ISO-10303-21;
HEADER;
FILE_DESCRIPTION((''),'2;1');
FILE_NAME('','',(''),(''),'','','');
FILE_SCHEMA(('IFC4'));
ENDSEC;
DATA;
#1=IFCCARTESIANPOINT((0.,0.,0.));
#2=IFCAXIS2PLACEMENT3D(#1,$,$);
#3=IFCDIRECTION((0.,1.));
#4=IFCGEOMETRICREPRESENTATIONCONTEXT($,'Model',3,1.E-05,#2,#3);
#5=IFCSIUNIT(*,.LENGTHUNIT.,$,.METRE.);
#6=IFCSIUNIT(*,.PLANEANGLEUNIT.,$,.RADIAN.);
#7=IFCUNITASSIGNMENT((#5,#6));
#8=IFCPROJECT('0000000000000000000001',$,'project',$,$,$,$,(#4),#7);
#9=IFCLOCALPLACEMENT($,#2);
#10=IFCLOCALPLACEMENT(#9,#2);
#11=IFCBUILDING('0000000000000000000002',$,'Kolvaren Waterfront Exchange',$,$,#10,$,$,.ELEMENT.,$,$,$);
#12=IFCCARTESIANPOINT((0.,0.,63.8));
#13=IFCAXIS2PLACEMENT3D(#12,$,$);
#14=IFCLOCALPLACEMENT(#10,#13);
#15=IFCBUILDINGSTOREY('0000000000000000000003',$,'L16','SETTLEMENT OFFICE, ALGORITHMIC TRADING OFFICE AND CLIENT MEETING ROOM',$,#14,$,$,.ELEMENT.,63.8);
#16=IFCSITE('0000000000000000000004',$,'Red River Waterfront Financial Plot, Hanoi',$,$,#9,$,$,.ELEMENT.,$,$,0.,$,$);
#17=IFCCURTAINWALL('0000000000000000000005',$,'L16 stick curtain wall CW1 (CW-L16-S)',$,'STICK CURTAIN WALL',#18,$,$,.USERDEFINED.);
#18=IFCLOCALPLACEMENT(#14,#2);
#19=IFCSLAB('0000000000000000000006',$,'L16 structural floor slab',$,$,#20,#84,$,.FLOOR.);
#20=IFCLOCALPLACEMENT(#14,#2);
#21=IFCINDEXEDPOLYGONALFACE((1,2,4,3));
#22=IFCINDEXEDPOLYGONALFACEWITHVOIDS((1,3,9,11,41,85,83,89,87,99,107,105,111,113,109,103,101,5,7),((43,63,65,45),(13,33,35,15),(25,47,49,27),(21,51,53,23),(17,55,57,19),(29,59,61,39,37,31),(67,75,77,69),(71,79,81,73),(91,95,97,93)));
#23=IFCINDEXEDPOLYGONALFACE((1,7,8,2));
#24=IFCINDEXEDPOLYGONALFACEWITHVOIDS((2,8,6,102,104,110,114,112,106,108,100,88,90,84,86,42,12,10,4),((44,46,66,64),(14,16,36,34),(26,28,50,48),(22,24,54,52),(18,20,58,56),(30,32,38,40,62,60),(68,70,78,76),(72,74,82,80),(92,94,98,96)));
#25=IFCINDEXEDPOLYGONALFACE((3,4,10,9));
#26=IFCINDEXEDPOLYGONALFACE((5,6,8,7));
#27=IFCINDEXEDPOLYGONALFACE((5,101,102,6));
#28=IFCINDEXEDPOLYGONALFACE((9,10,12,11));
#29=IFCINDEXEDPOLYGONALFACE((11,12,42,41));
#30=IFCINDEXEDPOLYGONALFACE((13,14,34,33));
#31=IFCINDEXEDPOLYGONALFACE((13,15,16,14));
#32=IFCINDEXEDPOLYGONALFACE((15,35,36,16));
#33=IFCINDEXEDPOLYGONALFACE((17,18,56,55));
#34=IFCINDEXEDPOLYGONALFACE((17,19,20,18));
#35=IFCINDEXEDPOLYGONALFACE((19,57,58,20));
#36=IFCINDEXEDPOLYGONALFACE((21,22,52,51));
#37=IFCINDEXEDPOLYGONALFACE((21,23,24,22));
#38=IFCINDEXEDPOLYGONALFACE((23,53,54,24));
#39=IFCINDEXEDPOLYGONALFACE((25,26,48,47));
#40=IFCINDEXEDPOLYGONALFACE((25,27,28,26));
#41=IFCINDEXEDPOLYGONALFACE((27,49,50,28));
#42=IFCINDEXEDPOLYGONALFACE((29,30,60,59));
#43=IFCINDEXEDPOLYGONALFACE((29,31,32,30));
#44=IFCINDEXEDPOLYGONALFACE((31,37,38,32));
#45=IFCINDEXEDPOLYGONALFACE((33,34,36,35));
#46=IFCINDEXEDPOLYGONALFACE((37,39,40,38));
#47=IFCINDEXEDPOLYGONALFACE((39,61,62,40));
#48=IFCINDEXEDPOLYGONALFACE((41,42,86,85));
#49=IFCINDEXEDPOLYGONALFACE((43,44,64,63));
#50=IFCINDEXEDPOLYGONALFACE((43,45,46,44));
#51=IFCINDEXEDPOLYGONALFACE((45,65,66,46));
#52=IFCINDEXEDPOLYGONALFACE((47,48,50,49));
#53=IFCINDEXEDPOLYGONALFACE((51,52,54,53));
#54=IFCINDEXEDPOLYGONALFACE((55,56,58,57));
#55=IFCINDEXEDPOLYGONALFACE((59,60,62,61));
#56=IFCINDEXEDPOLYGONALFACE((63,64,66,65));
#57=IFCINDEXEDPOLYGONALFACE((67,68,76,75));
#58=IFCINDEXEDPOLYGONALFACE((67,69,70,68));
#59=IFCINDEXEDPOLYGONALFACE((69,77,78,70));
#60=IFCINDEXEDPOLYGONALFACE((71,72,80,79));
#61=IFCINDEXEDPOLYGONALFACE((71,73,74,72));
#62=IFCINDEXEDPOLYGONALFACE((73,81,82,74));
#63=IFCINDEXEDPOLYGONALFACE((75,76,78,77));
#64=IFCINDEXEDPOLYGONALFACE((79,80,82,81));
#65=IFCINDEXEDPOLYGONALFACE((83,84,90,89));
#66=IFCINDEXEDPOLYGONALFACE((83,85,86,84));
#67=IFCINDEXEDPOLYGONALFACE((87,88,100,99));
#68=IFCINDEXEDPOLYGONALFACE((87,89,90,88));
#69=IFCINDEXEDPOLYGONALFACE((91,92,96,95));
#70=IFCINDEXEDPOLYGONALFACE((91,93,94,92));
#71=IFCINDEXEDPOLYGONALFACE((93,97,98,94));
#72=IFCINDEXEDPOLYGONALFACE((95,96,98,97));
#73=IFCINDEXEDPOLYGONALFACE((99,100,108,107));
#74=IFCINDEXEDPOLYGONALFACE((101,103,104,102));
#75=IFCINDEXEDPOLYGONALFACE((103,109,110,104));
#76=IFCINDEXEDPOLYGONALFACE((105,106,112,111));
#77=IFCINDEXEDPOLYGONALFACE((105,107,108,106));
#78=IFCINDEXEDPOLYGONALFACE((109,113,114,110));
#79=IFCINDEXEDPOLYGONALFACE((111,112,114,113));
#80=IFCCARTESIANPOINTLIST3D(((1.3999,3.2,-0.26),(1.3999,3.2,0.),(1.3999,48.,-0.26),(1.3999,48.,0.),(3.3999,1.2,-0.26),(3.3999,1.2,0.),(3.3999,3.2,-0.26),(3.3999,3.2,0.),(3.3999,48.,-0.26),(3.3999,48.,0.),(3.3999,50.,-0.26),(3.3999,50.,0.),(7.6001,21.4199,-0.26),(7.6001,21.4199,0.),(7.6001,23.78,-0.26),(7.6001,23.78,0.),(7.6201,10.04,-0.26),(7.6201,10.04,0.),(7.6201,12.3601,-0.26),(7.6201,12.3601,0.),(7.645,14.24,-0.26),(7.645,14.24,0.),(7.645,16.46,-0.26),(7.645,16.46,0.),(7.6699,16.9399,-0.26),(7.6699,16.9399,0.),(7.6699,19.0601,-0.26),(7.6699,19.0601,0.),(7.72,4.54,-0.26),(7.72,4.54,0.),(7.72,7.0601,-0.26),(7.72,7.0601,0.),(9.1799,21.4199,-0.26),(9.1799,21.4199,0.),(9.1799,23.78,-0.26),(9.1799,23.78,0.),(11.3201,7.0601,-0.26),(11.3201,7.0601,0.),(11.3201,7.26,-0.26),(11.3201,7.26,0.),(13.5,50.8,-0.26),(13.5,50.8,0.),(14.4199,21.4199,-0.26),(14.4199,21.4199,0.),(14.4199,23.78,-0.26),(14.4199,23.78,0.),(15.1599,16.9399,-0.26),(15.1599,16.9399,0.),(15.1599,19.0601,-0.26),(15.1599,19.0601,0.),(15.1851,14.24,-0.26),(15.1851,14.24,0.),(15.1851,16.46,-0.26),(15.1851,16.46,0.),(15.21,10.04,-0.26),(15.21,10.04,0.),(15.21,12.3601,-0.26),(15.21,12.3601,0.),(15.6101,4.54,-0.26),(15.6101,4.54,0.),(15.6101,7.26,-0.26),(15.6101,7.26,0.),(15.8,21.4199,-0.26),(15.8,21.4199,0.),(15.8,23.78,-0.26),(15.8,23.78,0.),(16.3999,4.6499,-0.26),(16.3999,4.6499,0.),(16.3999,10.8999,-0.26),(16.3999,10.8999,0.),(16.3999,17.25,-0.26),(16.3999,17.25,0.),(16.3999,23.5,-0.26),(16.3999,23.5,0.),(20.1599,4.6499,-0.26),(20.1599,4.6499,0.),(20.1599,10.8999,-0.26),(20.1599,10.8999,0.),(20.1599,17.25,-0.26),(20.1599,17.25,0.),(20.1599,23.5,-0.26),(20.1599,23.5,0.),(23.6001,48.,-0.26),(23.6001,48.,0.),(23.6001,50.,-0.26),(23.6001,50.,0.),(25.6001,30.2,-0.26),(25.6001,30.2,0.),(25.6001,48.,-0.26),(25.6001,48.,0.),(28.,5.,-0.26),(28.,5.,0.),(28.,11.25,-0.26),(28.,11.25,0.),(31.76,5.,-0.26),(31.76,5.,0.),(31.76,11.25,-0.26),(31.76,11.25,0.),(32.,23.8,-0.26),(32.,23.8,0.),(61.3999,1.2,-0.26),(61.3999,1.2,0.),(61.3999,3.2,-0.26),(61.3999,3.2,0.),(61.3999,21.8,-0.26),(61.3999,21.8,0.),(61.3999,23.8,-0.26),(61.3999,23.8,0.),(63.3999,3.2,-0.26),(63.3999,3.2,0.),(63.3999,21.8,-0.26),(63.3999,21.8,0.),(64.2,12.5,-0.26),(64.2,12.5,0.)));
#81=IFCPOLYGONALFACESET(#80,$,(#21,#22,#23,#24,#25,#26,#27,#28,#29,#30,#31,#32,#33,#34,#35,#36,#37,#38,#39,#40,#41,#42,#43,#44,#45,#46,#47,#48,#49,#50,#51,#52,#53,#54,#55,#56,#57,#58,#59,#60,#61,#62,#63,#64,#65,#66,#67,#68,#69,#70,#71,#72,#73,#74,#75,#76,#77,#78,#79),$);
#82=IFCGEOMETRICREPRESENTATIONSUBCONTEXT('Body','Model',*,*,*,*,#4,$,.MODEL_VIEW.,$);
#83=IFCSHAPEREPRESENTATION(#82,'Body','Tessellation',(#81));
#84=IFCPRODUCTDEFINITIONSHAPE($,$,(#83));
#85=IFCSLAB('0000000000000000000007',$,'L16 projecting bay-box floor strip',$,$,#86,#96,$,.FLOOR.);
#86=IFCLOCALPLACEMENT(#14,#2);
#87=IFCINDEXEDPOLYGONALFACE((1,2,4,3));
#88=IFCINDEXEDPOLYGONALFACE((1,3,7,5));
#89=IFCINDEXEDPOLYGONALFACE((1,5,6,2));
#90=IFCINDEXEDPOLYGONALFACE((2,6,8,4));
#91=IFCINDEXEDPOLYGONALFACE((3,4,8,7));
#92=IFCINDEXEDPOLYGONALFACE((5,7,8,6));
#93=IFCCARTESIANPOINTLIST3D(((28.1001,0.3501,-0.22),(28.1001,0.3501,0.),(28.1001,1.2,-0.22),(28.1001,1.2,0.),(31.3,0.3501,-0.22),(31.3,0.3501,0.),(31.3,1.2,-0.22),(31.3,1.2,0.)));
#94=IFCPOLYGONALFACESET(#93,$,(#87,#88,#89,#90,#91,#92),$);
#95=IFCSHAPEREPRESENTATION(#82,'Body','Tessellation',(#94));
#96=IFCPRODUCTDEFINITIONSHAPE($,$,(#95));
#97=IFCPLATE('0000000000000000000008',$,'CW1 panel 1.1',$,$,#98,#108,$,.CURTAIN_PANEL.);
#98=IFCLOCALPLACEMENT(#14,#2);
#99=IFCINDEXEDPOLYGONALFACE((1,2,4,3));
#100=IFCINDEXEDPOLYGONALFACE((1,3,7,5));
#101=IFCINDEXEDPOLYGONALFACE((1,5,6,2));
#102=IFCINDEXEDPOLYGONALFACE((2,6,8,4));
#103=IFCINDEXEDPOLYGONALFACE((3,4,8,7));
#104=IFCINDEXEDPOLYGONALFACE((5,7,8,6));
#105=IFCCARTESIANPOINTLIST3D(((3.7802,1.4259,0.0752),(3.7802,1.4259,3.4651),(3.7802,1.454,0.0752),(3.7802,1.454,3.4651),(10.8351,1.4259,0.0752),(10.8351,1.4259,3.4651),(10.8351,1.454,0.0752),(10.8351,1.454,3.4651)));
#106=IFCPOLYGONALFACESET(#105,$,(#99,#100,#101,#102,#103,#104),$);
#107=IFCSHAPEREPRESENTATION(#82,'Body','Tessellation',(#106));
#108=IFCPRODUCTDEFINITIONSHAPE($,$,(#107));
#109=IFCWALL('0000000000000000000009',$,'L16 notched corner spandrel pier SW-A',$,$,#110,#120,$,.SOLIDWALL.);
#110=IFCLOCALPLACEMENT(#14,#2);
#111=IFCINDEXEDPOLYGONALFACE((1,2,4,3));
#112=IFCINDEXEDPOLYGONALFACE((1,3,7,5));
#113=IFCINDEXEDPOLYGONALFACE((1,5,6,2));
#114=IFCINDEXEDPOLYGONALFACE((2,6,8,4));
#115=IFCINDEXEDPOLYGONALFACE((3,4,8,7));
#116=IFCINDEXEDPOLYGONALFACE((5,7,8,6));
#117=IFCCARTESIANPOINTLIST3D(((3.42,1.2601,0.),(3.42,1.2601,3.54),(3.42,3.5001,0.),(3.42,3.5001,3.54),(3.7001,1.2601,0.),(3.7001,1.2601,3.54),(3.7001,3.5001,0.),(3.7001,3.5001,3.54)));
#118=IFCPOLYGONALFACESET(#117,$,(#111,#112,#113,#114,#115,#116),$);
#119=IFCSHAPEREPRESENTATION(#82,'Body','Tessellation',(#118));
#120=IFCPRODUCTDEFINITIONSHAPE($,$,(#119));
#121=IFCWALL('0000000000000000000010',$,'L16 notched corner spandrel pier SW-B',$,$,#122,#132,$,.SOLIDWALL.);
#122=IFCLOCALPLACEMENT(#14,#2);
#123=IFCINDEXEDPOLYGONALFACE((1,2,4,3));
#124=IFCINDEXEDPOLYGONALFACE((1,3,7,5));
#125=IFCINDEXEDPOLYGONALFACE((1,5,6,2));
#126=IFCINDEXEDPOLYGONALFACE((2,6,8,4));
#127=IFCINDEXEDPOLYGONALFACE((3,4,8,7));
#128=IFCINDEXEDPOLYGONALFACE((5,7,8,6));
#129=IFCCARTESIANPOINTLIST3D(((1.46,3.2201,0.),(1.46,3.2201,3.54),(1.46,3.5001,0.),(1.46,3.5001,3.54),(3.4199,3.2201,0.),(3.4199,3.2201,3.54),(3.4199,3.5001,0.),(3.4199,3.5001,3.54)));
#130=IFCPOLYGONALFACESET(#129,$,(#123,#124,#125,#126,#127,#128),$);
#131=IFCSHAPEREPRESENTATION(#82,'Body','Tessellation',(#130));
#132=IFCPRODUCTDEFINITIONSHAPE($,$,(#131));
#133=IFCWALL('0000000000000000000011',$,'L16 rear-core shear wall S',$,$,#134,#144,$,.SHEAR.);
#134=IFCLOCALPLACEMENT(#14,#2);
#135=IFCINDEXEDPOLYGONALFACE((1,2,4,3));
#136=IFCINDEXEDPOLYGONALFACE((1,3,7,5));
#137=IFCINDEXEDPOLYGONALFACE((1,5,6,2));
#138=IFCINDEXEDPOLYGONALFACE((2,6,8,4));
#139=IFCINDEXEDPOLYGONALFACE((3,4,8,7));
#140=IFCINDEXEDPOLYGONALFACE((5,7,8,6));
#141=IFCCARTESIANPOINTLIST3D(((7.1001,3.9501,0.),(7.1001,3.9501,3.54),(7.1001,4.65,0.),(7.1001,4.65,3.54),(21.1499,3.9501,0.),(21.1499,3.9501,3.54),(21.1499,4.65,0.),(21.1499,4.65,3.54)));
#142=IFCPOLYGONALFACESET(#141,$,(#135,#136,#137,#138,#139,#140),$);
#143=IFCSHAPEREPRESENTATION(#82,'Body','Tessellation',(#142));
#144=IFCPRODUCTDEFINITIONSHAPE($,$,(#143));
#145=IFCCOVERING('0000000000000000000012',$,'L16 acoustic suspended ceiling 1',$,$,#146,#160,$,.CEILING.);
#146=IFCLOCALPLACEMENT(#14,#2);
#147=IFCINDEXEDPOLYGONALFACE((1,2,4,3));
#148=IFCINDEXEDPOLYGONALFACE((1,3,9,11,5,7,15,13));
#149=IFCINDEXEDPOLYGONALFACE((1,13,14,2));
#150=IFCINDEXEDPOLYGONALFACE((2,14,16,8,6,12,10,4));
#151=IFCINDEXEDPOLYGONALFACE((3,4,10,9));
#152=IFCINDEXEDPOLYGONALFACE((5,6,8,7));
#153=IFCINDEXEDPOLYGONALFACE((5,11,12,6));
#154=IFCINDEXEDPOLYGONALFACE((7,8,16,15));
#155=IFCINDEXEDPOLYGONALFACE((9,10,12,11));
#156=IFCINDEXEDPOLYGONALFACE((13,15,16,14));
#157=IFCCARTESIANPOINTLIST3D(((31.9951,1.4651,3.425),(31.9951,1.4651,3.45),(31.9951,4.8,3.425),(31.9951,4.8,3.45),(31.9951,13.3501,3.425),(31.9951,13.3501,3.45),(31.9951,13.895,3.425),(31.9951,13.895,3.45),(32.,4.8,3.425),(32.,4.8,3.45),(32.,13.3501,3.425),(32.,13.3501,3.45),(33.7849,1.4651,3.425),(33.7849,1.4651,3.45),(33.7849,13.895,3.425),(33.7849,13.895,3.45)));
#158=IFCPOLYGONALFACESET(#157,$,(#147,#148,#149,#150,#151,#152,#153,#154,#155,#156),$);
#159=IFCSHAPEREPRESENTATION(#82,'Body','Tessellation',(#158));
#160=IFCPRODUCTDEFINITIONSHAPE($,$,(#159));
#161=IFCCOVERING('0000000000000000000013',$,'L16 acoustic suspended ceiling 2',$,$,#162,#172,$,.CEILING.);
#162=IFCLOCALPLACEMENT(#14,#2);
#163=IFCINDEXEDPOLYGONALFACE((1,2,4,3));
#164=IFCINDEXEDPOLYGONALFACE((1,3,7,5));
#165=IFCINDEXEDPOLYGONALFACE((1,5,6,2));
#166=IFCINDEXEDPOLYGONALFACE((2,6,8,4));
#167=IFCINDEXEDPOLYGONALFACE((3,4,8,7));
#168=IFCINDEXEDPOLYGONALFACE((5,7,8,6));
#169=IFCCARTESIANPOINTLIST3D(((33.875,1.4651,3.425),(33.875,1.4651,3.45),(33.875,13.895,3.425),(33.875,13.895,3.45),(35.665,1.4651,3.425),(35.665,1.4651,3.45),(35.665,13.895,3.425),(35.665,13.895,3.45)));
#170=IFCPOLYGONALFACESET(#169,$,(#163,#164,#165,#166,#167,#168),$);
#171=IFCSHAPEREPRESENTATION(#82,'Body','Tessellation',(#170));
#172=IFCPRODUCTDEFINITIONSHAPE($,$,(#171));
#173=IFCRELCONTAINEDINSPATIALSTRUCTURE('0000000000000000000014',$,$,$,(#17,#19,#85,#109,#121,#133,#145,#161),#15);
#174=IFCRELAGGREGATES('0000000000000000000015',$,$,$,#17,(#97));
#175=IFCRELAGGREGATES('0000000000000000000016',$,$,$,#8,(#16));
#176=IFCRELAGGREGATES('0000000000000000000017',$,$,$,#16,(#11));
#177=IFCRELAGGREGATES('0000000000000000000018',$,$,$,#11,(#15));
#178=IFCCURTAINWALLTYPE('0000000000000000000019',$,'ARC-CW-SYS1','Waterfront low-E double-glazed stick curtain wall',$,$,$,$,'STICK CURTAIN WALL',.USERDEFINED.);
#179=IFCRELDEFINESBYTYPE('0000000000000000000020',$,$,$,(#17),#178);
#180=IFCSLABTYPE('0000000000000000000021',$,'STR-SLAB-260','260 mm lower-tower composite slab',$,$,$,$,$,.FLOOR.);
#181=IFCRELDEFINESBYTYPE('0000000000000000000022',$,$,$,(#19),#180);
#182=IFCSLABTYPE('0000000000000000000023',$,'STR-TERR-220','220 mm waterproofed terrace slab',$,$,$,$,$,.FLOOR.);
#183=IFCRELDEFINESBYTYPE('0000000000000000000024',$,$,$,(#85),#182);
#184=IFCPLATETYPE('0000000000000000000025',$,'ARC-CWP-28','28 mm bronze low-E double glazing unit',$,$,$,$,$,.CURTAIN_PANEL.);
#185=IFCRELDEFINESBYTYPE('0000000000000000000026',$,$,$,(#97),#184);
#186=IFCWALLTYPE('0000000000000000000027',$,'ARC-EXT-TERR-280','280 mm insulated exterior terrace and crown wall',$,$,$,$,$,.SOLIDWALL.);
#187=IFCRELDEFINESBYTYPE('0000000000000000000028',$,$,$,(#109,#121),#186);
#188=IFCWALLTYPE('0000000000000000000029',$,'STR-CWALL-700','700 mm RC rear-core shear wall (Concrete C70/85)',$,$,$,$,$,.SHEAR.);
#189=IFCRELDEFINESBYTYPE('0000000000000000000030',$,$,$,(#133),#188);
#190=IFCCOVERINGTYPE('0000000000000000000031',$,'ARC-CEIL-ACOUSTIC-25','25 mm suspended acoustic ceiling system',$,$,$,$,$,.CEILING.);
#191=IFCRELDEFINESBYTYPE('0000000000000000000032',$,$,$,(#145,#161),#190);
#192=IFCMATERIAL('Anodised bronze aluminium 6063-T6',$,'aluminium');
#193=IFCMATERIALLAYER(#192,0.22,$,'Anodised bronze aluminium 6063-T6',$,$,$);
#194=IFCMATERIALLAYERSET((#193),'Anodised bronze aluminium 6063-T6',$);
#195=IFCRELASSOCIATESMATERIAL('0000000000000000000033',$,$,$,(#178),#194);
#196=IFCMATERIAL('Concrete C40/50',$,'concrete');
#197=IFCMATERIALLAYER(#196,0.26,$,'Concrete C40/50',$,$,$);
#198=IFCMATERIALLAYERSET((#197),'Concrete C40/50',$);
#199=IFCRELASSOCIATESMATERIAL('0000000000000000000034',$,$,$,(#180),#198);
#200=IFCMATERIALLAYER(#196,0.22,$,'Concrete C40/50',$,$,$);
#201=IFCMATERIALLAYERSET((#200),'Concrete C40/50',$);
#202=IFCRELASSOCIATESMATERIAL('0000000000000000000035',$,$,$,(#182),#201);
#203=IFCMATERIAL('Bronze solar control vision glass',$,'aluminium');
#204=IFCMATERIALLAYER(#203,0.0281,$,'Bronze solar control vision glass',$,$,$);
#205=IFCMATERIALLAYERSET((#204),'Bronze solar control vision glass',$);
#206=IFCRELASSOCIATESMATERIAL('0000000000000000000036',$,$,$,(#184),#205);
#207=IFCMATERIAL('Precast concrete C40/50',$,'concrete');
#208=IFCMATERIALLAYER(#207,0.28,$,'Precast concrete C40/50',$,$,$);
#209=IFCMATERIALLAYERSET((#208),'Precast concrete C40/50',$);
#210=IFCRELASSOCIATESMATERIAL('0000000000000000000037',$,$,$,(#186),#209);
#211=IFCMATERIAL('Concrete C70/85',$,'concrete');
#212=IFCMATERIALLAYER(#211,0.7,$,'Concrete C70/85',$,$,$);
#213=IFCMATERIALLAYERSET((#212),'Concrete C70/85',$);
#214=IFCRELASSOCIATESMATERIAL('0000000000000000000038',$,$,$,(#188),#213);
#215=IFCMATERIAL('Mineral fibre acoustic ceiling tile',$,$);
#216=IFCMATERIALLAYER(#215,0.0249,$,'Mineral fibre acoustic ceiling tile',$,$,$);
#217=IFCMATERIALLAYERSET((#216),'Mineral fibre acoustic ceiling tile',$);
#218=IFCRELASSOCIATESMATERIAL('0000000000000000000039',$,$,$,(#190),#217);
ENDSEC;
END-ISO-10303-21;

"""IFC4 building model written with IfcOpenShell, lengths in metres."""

from ifc_helpers import new_model, si_unit, direction, frame, frame_2d, origin, origin_with_axes, origin_2d, place, context, subcontext, project, spatial, polyline, rectangle, outline, extrude, source, transform, mapped, material, layer, layer_set, type_object, element, aggregate, save


model = new_model("IFC4")

# Units and contexts
model_context = context("Model", 3, precision=1e-05, world=origin(), true_north=direction((0.0, 1.0)))
body_context = subcontext(model_context, "Body", "Model", "MODEL_VIEW")
ifc_project = project(units=[si_unit("LENGTHUNIT", "METRE"), si_unit("PLANEANGLEUNIT", "RADIAN")], contexts=[model_context])

# Site, building, storey
site_placement = place(None, origin())
site = spatial("IfcSite", under=ifc_project, at=site_placement, Name="Red River Waterfront Financial Plot, Hanoi", CompositionType="ELEMENT", RefElevation=0.0)
building_placement = place(site_placement, origin())
building = spatial("IfcBuilding", under=site, at=building_placement, Name="Kolvaren Waterfront Exchange", CompositionType="ELEMENT")
storey_placement = place(building_placement, frame((0.0, 0.0, 63.8)))
storey = spatial("IfcBuildingStorey", under=building, at=storey_placement, Name="L16", Description="SETTLEMENT OFFICE, ALGORITHMIC TRADING OFFICE AND CLIENT MEETING ROOM", CompositionType="ELEMENT", Elevation=63.8)

# Curtain wall
ifc_material_1 = material(Name="Anodised bronze aluminium 6063-T6", Category="aluminium")
ifc_layer_1 = layer(ifc_material_1, 0.22, Name="Anodised bronze aluminium 6063-T6")
ifc_layer_set_1 = layer_set([ifc_layer_1], Name="Anodised bronze aluminium 6063-T6")
curtain_wall_type_1 = type_object("IfcCurtainWallType", Name="ARC-CW-SYS1", Description="Waterfront low-E double-glazed stick curtain wall", ElementType="STICK CURTAIN WALL", PredefinedType="USERDEFINED", material=ifc_layer_set_1)
curtain_wall_1_placement = place(storey_placement, origin())
curtain_wall_1 = element("IfcCurtainWall", 1, at=curtain_wall_1_placement, inside=storey, type_object=curtain_wall_type_1, Name="L16 stick curtain wall CW1 (CW-L16-S)", ObjectType="STICK CURTAIN WALL", PredefinedType="USERDEFINED")

# Shared definitions
ifc_material_2 = material(Name="Concrete C40/50", Category="concrete")

# Slabs
ifc_layer_2 = layer(ifc_material_2, 0.26, Name="Concrete C40/50")
ifc_layer_set_2 = layer_set([ifc_layer_2], Name="Concrete C40/50")
slab_type_1 = type_object("IfcSlabType", Name="STR-SLAB-260", Description="260 mm lower-tower composite slab", PredefinedType="FLOOR", material=ifc_layer_set_2)
slab_1_placement = place(storey_placement, frame((0.0, 0.0, -0.26)))
element("IfcSlab", 2, at=slab_1_placement, inside=storey, type_object=slab_type_1, Name="L16 structural floor slab", PredefinedType="FLOOR", context=body_context, shape_type="SweptSolid", body=[
    extrude(outline(polyline([(3.3999, 1.2), (61.3999, 1.2), (61.3999, 3.2), (63.3999, 3.2), (64.2, 12.5), (63.3999, 21.8), (61.3999, 21.8), (61.3999, 23.8), (32.0, 23.8), (25.6001, 30.2), (25.6001, 48.0), (23.6001, 48.0), (23.6001, 50.0), (13.5, 50.8), (3.3999, 50.0), (3.3999, 48.0), (1.3999, 48.0), (1.3999, 3.2), (3.3999, 3.2), (3.3999, 1.2)]), holes=[polyline([(11.3201, 7.26), (15.6101, 7.26), (15.6101, 4.54), (7.72, 4.54), (7.72, 7.0601), (11.3201, 7.0601), (11.3201, 7.26)]), polyline([(20.1599, 4.6499), (16.3999, 4.6499), (16.3999, 10.8999), (20.1599, 10.8999), (20.1599, 4.6499)]), polyline([(31.76, 5.0), (28.0, 5.0), (28.0, 11.25), (31.76, 11.25), (31.76, 5.0)]), polyline([(15.21, 10.04), (7.6201, 10.04), (7.6201, 12.3601), (15.21, 12.3601), (15.21, 10.04)]), polyline([(7.645, 16.46), (15.1851, 16.46), (15.1851, 14.24), (7.645, 14.24), (7.645, 16.46)]), polyline([(15.1599, 16.9399), (7.6699, 16.9399), (7.6699, 19.0601), (15.1599, 19.0601), (15.1599, 16.9399)]), polyline([(16.3999, 23.5), (20.1599, 23.5), (20.1599, 17.25), (16.3999, 17.25), (16.3999, 23.5)]), polyline([(7.6001, 23.78), (9.1799, 23.78), (9.1799, 21.4199), (7.6001, 21.4199), (7.6001, 23.78)]), polyline([(15.8, 23.78), (15.8, 21.4199), (14.4199, 21.4199), (14.4199, 23.78), (15.8, 23.78)])]), origin(), (0.0, 0.0, 1.0), 0.26),
])
ifc_layer_3 = layer(ifc_material_2, 0.22, Name="Concrete C40/50")
ifc_layer_set_3 = layer_set([ifc_layer_3], Name="Concrete C40/50")
slab_type_2 = type_object("IfcSlabType", Name="STR-TERR-220", Description="220 mm waterproofed terrace slab", PredefinedType="FLOOR", material=ifc_layer_set_3)
slab_2_placement = place(storey_placement, frame((0.0, 0.0, -0.22)))
element("IfcSlab", 3, at=slab_2_placement, inside=storey, type_object=slab_type_2, Name="L16 projecting bay-box floor strip", PredefinedType="FLOOR", context=body_context, shape_type="SweptSolid", body=[
    extrude(outline(polyline([(28.1001, 0.3501), (31.3, 0.3501), (31.3, 1.2), (28.1001, 1.2), (28.1001, 0.3501)])), origin(), (0.0, 0.0, 1.0), 0.22),
])

# Plate
ifc_material_3 = material(Name="Bronze solar control vision glass", Category="aluminium")
ifc_layer_4 = layer(ifc_material_3, 0.0281, Name="Bronze solar control vision glass")
ifc_layer_set_4 = layer_set([ifc_layer_4], Name="Bronze solar control vision glass")
plate_type = type_object("IfcPlateType", Name="ARC-CWP-28", Description="28 mm bronze low-E double glazing unit", PredefinedType="CURTAIN_PANEL", material=ifc_layer_set_4)
shared_shape_1 = source(origin_with_axes(), body_context, "Body", "SweptSolid", [
    extrude(rectangle(XDim=7.0549, YDim=0.0281, at=origin_2d()), origin(), (0.0, 0.0, 1.0), 3.3899),
])
plate_placement = place(storey_placement, frame((7.3076, 1.4399, 0.0752), z_axis=(0.0, 0.0, 1.0), x_axis=(1.0, 0.0, 0.0)))
plate = element("IfcPlate", 4, at=plate_placement, type_object=plate_type, Name="CW1 panel 1.1", PredefinedType="CURTAIN_PANEL", context=body_context, shape_type="MappedRepresentation", body=[
    mapped(shared_shape_1, transform((0.0, 0.0, 0.0), x_axis=(1.0, 0.0, 0.0), y_axis=(0.0, 1.0, 0.0), z_axis=(0.0, 0.0, 1.0), scale=1.0)),
])
aggregate(curtain_wall_1, [plate])

# Walls
ifc_material_4 = material(Name="Precast concrete C40/50", Category="concrete")
ifc_layer_5 = layer(ifc_material_4, 0.28, Name="Precast concrete C40/50")
ifc_layer_set_5 = layer_set([ifc_layer_5], Name="Precast concrete C40/50")
wall_type_1 = type_object("IfcWallType", Name="ARC-EXT-TERR-280", Description="280 mm insulated exterior terrace and crown wall", PredefinedType="SOLIDWALL", material=ifc_layer_set_5)
wall_1_placement = place(storey_placement, frame((3.5601, 1.26, 0.0), z_axis=(0.0, 0.0, 1.0), x_axis=(0.0, 1.0, 0.0)))
element("IfcWall", 5, at=wall_1_placement, inside=storey, type_object=wall_type_1, Name="L16 notched corner spandrel pier SW-A", PredefinedType="SOLIDWALL", context=body_context, shape_type="SweptSolid", body=[
    extrude(rectangle(XDim=2.24, YDim=0.28, at=frame_2d((1.1201, 0.0))), origin(), (0.0, 0.0, 1.0), 3.54),
])
wall_2_placement = place(storey_placement, frame((1.46, 3.3601, 0.0), z_axis=(0.0, 0.0, 1.0), x_axis=(1.0, 0.0, 0.0)))
element("IfcWall", 6, at=wall_2_placement, inside=storey, type_object=wall_type_1, Name="L16 notched corner spandrel pier SW-B", PredefinedType="SOLIDWALL", context=body_context, shape_type="SweptSolid", body=[
    extrude(rectangle(XDim=1.96, YDim=0.28, at=frame_2d((0.98, 0.0))), origin(), (0.0, 0.0, 1.0), 3.54),
])
ifc_material_5 = material(Name="Concrete C70/85", Category="concrete")
ifc_layer_6 = layer(ifc_material_5, 0.7, Name="Concrete C70/85")
ifc_layer_set_6 = layer_set([ifc_layer_6], Name="Concrete C70/85")
wall_type_2 = type_object("IfcWallType", Name="STR-CWALL-700", Description="700 mm RC rear-core shear wall (Concrete C70/85)", PredefinedType="SHEAR", material=ifc_layer_set_6)
wall_3_placement = place(storey_placement, frame((7.1001, 4.3, 0.0), z_axis=(0.0, 0.0, 1.0), x_axis=(1.0, 0.0, 0.0)))
element("IfcWall", 7, at=wall_3_placement, inside=storey, type_object=wall_type_2, Name="L16 rear-core shear wall S", PredefinedType="SHEAR", context=body_context, shape_type="SweptSolid", body=[
    extrude(rectangle(XDim=14.0498, YDim=0.7, at=frame_2d((7.0249, 0.0))), origin(), (0.0, 0.0, 1.0), 3.54),
])

# Coverings
ifc_material_6 = material(Name="Mineral fibre acoustic ceiling tile")
ifc_layer_7 = layer(ifc_material_6, 0.0249, Name="Mineral fibre acoustic ceiling tile")
ifc_layer_set_7 = layer_set([ifc_layer_7], Name="Mineral fibre acoustic ceiling tile")
covering_type_1 = type_object("IfcCoveringType", Name="ARC-CEIL-ACOUSTIC-25", Description="25 mm suspended acoustic ceiling system", PredefinedType="CEILING", material=ifc_layer_set_7)
covering_1_placement = place(storey_placement, frame((0.0, 0.0, 3.425)))
element("IfcCovering", 8, at=covering_1_placement, inside=storey, type_object=covering_type_1, Name="L16 acoustic suspended ceiling 1", PredefinedType="CEILING", context=body_context, shape_type="SweptSolid", body=[
    extrude(outline(polyline([(33.7849, 1.4651), (33.7849, 13.895), (31.9951, 13.895), (31.9951, 13.3501), (32.0, 13.3501), (32.0, 4.8), (31.9951, 4.8), (31.9951, 1.4651), (33.7849, 1.4651)])), origin(), (0.0, 0.0, 1.0), 0.0249),
])
covering_2_placement = place(storey_placement, frame((0.0, 0.0, 3.425)))
element("IfcCovering", 9, at=covering_2_placement, inside=storey, type_object=covering_type_1, Name="L16 acoustic suspended ceiling 2", PredefinedType="CEILING", context=body_context, shape_type="SweptSolid", body=[
    extrude(outline(polyline([(35.665, 1.4651), (35.665, 13.895), (33.875, 13.895), (33.875, 1.4651), (35.665, 1.4651)])), origin(), (0.0, 0.0, 1.0), 0.0249),
])

save(model, "model.ifc")
